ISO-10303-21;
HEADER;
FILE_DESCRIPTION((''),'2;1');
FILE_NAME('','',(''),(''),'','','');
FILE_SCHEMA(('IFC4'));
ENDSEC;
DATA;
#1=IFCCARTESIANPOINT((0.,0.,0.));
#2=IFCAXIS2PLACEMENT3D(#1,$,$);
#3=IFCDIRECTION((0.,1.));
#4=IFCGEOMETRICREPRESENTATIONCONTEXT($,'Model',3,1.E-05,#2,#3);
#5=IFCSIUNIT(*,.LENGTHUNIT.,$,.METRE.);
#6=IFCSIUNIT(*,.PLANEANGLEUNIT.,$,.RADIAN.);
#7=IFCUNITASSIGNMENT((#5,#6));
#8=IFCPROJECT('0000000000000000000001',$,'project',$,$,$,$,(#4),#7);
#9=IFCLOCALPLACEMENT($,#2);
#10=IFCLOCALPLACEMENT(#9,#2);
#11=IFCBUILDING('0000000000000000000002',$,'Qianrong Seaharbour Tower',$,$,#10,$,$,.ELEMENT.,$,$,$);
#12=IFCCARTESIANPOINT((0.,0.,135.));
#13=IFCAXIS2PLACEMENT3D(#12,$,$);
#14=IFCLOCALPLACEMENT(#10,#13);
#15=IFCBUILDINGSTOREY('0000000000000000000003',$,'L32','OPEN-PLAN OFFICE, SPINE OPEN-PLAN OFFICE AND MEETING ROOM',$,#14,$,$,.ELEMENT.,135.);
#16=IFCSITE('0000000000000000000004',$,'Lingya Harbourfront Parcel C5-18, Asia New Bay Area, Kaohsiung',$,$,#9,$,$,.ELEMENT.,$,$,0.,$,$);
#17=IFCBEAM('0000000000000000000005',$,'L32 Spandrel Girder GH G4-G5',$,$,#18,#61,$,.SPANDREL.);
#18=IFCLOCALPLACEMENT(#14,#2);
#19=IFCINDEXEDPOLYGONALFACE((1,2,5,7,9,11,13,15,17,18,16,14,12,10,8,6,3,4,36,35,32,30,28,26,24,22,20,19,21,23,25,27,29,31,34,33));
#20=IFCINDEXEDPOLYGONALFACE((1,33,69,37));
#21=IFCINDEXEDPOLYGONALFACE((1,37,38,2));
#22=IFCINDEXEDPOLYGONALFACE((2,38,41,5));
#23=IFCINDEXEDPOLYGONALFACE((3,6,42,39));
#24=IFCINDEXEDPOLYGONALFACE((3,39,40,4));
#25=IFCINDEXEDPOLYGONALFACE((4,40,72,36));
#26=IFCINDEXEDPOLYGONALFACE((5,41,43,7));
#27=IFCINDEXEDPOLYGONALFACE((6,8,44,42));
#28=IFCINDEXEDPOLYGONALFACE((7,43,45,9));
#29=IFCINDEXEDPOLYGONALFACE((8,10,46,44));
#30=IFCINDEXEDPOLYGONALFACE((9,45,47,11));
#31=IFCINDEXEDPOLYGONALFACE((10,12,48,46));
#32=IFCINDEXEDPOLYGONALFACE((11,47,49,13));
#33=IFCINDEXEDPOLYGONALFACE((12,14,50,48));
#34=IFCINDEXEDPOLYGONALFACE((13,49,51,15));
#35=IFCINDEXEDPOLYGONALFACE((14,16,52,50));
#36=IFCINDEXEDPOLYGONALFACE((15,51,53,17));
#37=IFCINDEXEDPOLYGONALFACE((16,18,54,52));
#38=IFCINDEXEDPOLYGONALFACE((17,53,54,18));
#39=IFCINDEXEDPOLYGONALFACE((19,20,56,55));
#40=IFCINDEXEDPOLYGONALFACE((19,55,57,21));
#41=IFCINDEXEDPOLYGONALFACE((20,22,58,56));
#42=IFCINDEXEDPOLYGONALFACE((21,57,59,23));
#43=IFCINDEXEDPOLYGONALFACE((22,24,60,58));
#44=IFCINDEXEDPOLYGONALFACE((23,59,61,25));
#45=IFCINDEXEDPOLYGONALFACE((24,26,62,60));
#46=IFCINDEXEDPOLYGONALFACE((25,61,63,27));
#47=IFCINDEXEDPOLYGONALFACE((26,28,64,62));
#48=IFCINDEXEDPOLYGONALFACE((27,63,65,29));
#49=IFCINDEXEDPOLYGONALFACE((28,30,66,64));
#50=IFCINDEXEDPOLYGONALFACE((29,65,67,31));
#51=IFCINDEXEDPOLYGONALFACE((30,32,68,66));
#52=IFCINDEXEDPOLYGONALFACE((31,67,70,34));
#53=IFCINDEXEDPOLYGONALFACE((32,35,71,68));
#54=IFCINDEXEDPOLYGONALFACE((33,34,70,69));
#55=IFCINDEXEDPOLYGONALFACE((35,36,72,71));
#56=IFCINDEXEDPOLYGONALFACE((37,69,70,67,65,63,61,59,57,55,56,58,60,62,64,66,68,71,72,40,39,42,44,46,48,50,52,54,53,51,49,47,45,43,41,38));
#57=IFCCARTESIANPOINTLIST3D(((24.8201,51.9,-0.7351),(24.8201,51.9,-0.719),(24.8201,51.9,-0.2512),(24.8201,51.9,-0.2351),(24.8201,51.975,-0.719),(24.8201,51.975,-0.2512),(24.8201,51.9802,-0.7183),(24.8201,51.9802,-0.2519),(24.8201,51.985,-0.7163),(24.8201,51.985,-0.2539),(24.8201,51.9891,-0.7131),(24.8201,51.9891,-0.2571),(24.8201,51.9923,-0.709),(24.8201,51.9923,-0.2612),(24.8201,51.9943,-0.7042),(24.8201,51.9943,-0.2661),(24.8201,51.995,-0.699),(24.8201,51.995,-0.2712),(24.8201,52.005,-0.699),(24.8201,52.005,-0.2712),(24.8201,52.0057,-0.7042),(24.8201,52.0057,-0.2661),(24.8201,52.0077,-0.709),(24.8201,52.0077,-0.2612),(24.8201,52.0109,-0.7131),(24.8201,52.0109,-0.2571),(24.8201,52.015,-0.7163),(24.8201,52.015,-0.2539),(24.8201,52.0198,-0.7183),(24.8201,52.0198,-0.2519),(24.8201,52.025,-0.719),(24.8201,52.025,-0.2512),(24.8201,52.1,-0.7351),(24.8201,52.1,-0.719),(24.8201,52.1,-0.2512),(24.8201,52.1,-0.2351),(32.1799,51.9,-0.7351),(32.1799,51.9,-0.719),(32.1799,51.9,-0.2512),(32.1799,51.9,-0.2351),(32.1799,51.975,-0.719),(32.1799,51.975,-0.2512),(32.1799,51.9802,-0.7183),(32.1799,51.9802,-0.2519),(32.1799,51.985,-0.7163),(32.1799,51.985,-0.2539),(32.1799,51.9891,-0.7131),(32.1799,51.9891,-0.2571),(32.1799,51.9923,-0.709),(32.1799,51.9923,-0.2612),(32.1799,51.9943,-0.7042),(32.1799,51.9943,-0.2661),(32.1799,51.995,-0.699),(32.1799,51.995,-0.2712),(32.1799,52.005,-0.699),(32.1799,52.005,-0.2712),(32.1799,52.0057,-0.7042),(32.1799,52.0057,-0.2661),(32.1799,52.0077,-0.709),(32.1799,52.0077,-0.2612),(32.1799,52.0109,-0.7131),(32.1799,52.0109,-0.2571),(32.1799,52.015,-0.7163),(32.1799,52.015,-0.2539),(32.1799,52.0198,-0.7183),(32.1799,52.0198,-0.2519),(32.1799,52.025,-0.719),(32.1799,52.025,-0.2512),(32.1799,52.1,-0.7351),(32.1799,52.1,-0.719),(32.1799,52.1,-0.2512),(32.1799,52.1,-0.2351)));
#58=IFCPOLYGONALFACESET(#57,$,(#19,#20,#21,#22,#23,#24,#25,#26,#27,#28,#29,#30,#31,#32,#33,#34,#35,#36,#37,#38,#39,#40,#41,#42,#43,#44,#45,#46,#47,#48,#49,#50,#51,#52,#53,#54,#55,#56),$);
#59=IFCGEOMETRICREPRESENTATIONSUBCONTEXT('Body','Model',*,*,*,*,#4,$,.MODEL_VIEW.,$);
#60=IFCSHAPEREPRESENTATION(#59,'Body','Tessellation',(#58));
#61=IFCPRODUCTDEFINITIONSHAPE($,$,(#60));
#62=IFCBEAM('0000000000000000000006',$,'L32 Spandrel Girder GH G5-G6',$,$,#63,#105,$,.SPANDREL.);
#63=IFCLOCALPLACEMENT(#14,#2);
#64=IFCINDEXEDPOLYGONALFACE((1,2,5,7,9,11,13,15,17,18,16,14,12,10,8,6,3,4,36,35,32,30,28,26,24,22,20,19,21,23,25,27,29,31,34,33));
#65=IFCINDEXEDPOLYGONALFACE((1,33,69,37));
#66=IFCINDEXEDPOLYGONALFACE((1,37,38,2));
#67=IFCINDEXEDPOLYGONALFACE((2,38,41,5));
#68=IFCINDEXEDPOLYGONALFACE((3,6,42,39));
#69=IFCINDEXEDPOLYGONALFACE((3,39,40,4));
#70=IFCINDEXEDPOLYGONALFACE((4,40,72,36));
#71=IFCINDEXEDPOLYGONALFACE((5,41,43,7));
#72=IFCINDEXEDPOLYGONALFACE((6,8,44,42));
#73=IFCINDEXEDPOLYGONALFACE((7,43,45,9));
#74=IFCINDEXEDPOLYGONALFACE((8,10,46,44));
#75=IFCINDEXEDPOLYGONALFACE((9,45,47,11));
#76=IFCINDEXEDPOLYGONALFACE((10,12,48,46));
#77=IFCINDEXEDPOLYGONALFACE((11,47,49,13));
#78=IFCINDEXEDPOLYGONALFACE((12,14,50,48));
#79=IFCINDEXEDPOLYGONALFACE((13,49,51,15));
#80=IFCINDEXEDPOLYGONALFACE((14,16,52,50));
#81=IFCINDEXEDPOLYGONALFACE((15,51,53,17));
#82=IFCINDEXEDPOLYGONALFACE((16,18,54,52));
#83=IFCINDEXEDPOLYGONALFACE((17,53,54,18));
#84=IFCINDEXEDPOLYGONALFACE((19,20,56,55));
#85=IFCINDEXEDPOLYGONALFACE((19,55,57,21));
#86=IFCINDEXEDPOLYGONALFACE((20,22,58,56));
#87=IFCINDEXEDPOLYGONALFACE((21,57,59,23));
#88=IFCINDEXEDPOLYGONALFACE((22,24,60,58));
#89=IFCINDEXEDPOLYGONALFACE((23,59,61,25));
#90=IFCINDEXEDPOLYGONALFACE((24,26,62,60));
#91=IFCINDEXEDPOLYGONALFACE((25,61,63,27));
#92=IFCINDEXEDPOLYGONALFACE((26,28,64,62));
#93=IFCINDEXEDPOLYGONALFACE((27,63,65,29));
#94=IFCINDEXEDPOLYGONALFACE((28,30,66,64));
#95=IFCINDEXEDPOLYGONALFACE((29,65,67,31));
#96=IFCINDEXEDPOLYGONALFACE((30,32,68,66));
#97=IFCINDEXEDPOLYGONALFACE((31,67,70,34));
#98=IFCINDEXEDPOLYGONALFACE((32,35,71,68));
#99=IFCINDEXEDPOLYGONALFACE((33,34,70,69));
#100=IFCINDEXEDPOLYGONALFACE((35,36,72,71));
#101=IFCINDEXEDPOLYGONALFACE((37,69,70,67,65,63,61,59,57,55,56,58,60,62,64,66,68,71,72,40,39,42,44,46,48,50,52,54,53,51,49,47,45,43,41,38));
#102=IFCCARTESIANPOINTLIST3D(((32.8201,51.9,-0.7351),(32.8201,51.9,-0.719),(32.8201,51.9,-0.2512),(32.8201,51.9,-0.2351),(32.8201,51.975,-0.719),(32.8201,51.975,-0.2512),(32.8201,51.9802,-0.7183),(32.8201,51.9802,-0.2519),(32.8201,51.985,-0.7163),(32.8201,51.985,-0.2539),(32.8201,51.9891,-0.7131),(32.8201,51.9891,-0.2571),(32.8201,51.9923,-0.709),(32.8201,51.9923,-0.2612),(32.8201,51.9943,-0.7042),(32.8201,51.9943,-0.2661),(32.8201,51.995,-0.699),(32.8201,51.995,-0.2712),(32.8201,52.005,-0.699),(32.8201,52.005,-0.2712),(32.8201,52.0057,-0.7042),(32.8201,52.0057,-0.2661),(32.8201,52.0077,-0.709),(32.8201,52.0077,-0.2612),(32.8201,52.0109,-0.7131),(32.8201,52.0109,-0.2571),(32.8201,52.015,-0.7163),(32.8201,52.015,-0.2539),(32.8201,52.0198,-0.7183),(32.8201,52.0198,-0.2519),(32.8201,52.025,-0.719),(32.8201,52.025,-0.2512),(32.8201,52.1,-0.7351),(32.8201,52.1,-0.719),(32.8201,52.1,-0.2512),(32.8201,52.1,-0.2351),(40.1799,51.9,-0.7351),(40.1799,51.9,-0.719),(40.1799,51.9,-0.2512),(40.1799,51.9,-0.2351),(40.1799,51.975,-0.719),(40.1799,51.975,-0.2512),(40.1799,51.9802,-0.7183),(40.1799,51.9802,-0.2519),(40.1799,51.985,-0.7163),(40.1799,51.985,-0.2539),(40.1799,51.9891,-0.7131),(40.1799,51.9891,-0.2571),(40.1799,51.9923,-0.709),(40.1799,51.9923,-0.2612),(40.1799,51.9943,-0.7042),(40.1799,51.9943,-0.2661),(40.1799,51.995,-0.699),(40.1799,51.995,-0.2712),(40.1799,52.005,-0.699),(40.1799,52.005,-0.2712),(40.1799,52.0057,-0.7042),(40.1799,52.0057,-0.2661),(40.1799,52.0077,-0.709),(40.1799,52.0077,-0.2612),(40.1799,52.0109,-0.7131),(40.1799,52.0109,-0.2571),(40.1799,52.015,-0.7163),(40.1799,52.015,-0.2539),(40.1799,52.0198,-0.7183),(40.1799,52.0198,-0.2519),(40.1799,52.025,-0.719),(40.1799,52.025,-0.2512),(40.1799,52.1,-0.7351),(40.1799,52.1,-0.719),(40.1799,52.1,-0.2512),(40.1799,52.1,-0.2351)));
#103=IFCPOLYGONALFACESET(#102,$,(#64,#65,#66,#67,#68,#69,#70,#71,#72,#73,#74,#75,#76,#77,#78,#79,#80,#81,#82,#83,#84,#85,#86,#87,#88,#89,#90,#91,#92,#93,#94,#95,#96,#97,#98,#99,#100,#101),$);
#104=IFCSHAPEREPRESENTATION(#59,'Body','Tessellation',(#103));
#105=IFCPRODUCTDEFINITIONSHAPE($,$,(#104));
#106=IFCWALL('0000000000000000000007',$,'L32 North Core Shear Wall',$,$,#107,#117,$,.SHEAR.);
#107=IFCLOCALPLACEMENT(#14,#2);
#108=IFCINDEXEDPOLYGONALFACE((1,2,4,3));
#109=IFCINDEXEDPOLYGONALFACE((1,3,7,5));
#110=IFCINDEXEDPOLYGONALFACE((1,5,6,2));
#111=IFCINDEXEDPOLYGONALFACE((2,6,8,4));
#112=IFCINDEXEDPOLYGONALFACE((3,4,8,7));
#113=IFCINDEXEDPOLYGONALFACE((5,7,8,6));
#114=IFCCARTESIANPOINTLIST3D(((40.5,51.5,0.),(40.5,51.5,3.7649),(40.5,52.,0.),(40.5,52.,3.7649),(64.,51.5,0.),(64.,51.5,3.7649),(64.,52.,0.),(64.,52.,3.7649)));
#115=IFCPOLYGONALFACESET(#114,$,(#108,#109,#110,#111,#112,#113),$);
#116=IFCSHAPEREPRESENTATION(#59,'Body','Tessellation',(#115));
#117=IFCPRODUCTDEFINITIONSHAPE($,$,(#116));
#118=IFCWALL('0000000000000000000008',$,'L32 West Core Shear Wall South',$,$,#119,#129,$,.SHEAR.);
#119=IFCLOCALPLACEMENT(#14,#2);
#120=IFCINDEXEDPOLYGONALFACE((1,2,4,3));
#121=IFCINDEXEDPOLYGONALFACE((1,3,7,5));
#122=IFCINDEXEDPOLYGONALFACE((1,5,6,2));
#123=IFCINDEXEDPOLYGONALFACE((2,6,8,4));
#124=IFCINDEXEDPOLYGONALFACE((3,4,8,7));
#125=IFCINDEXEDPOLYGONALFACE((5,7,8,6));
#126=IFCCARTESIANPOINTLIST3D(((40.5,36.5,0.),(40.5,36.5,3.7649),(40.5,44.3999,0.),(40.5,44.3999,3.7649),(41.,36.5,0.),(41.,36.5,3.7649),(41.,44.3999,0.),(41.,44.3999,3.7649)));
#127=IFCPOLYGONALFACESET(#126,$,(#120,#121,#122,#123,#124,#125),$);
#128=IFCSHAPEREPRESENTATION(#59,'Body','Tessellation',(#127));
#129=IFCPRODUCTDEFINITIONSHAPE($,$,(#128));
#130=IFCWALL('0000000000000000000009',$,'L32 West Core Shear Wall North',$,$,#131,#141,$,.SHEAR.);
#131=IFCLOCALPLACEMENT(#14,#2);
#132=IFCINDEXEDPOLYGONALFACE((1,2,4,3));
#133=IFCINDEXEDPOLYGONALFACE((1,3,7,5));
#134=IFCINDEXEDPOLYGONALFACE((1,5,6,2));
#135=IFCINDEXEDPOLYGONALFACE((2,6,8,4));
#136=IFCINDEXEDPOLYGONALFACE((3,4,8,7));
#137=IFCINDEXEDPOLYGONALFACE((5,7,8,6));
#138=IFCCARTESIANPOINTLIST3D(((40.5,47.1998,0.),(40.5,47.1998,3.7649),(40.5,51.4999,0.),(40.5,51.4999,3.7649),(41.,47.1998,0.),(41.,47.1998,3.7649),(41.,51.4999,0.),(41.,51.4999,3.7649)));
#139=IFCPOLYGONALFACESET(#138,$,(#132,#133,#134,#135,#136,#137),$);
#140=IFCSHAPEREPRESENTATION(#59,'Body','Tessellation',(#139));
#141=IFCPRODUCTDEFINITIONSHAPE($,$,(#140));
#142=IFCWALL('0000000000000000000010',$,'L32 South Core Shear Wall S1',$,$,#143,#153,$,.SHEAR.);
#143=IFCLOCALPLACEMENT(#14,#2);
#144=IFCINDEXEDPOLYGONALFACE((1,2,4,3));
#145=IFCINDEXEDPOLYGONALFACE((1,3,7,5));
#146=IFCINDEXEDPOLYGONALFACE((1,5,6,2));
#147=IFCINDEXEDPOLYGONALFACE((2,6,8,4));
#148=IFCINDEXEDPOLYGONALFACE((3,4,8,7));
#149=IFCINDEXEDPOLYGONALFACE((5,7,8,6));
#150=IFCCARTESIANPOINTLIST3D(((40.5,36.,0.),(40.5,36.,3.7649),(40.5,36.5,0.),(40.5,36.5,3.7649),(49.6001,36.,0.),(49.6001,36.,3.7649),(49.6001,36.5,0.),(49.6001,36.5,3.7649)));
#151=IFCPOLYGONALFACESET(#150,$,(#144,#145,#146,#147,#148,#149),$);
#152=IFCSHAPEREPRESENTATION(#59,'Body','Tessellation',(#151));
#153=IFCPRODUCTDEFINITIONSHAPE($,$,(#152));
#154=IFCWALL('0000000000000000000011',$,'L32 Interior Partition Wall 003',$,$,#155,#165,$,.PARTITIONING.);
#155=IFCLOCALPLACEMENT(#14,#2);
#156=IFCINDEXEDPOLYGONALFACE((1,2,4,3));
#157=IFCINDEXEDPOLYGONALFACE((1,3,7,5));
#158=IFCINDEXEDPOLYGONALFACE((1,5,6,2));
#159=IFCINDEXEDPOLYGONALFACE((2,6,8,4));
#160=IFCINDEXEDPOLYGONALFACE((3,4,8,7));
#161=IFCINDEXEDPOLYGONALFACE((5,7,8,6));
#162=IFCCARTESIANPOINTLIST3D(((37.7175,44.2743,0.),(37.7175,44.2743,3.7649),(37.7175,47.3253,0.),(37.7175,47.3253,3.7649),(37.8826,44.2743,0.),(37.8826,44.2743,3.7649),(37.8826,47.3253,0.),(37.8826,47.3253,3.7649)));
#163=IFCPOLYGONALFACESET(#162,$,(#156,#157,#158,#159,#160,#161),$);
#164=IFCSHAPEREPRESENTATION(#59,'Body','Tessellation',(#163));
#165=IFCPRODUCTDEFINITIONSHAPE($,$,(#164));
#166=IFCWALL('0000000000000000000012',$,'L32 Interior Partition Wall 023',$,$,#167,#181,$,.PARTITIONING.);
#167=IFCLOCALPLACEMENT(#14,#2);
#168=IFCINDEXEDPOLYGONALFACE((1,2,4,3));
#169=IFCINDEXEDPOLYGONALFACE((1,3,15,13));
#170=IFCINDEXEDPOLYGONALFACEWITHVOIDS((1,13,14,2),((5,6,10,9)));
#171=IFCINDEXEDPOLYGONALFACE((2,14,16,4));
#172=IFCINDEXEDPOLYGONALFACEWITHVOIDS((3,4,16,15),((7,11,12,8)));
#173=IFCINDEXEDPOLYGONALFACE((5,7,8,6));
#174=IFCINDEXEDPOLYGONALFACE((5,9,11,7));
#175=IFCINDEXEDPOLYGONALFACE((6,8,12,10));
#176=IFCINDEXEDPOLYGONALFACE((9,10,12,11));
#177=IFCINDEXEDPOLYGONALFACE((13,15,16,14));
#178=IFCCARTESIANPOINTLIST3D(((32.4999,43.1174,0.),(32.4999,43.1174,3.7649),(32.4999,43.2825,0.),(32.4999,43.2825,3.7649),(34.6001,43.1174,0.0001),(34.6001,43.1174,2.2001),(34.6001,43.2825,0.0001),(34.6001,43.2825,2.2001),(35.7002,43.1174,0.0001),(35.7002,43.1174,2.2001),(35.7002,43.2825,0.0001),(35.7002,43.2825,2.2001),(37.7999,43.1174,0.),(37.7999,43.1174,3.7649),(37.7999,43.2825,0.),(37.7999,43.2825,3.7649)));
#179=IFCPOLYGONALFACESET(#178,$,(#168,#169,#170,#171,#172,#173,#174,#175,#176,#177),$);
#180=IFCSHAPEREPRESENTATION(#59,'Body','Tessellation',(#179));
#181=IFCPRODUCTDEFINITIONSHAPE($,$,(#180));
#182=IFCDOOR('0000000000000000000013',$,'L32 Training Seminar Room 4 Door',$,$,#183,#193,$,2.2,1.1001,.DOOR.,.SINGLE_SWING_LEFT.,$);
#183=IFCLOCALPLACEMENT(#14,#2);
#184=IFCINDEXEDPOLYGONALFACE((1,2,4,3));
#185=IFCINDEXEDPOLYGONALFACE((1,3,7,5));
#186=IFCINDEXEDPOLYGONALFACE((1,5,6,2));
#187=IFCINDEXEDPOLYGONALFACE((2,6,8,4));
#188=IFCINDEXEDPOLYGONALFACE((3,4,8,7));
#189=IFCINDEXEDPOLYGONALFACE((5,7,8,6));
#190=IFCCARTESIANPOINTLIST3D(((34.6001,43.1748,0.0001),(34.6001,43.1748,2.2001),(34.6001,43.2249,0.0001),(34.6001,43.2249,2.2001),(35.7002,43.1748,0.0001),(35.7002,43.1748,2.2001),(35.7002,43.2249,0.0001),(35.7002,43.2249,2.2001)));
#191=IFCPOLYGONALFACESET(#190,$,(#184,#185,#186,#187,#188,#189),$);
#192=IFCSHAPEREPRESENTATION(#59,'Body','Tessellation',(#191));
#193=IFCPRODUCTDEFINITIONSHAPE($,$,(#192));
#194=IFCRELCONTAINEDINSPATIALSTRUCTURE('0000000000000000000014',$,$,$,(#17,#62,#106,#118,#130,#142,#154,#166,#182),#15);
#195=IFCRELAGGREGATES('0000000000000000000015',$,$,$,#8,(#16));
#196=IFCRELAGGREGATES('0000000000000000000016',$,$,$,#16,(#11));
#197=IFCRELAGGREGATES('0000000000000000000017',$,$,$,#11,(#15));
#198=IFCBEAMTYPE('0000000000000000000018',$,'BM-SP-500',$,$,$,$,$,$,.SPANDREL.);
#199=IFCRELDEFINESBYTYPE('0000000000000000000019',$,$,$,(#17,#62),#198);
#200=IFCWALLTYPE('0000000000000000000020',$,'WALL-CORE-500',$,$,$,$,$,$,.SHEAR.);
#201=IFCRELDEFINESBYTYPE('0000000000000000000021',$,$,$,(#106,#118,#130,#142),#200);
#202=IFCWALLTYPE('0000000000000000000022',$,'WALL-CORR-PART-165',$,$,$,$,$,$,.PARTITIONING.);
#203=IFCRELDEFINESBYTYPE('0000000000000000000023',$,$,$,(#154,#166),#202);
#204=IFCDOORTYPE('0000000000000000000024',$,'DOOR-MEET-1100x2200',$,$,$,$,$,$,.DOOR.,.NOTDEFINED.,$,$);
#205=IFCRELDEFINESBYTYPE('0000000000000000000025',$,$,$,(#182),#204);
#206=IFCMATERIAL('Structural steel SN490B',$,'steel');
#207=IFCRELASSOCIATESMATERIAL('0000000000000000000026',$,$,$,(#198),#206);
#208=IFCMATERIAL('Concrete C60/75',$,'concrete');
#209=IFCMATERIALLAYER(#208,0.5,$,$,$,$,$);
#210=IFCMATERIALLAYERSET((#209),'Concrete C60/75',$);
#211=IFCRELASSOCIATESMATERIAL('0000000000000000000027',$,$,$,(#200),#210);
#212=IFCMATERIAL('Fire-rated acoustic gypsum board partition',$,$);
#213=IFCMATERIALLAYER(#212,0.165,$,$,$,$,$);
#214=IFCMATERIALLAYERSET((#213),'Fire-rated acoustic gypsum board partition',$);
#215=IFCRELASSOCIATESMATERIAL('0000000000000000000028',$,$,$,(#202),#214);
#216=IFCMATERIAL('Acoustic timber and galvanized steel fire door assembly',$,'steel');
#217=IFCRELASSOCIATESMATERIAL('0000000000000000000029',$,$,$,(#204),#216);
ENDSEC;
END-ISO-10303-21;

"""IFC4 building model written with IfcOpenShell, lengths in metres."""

from ifc_helpers import new_model, si_unit, direction, frame, frame_2d, origin, origin_2d, place, context, subcontext, project, spatial, rectangle, i_section, extrude, material, layer, layer_set, material_profile, profile_set, type_object, element, fill, save


model = new_model("IFC4")

# Units and contexts
model_context = context("Model", 3, precision=1e-05, world=origin(), true_north=direction((0.0, 1.0)))
body_context = subcontext(model_context, "Body", "Model", "MODEL_VIEW")
ifc_project = project(units=[si_unit("LENGTHUNIT", "METRE"), si_unit("PLANEANGLEUNIT", "RADIAN")], contexts=[model_context])

# Site, building, storey
site_placement = place(None, origin())
site = spatial("IfcSite", under=ifc_project, at=site_placement, Name="Lingya Harbourfront Parcel C5-18, Asia New Bay Area, Kaohsiung", CompositionType="ELEMENT", RefElevation=0.0)
building_placement = place(site_placement, origin())
building = spatial("IfcBuilding", under=site, at=building_placement, Name="Qianrong Seaharbour Tower", CompositionType="ELEMENT")
storey_placement = place(building_placement, frame((0.0, 0.0, 135.0)))
storey = spatial("IfcBuildingStorey", under=building, at=storey_placement, Name="L32", Description="OPEN-PLAN OFFICE, SPINE OPEN-PLAN OFFICE AND MEETING ROOM", CompositionType="ELEMENT", Elevation=135.0)

# Shared definitions
ifc_material_1 = material(Name="Structural steel SN490B", Category="steel")

# Beams
ifc_material_profile_1 = material_profile(ifc_material_1, i_section(OverallWidth=0.2, OverallDepth=0.5, WebThickness=0.01, FlangeThickness=0.0161, FilletRadius=0.02, at=origin_2d()), Name="H500x200x10x16")
ifc_profile_set_1 = profile_set([ifc_material_profile_1], Name="Structural steel SN490B")
beam_type_1 = type_object("IfcBeamType", Name="BM-SP-500", PredefinedType="SPANDREL", material=ifc_profile_set_1)
for number, where, z_axis, x_axis, name in (
    (1, (24.8201, 52.0, -0.4851), (1.0, 0.0, 0.0), (0.0, 1.0, 0.0), "L32 Spandrel Girder GH G4-G5"),
    (2, (32.8201, 52.0, -0.4851), (1.0, 0.0, 0.0), (0.0, 1.0, 0.0), "L32 Spandrel Girder GH G5-G6"),
):
    element("IfcBeam", number, at=place(storey_placement, frame(where, z_axis=z_axis, x_axis=x_axis)), inside=storey, type_object=beam_type_1, Name=name, PredefinedType="SPANDREL", context=body_context, shape_type="SweptSolid", body=[
        extrude(i_section(OverallWidth=0.2, OverallDepth=0.5, WebThickness=0.01, FlangeThickness=0.0161, FilletRadius=0.02, at=origin_2d()), origin(), (0.0, 0.0, 1.0), 7.3599),
    ])

# Walls
ifc_material_2 = material(Name="Concrete C60/75", Category="concrete")
ifc_layer_1 = layer(ifc_material_2, 0.5)
ifc_layer_set_1 = layer_set([ifc_layer_1], Name="Concrete C60/75")
wall_type_1 = type_object("IfcWallType", Name="WALL-CORE-500", PredefinedType="SHEAR", material=ifc_layer_set_1)
wall_1_placement = place(storey_placement, frame((40.5, 51.75, 0.0), z_axis=(0.0, 0.0, 1.0), x_axis=(1.0, 0.0, 0.0)))
element("IfcWall", 3, at=wall_1_placement, inside=storey, type_object=wall_type_1, Name="L32 North Core Shear Wall", PredefinedType="SHEAR", context=body_context, shape_type="SweptSolid", body=[
    extrude(rectangle(XDim=23.5, YDim=0.5, at=frame_2d((11.75, 0.0))), origin(), (0.0, 0.0, 1.0), 3.7649),
])
wall_2_placement = place(storey_placement, frame((40.75, 36.5, 0.0), z_axis=(0.0, 0.0, 1.0), x_axis=(0.0, 1.0, 0.0)))
element("IfcWall", 4, at=wall_2_placement, inside=storey, type_object=wall_type_1, Name="L32 West Core Shear Wall South", PredefinedType="SHEAR", context=body_context, shape_type="SweptSolid", body=[
    extrude(rectangle(XDim=7.8999, YDim=0.5, at=frame_2d((3.95, 0.0))), origin(), (0.0, 0.0, 1.0), 3.7649),
])
wall_3_placement = place(storey_placement, frame((40.75, 47.2, 0.0), z_axis=(0.0, 0.0, 1.0), x_axis=(0.0, 1.0, 0.0)))
element("IfcWall", 5, at=wall_3_placement, inside=storey, type_object=wall_type_1, Name="L32 West Core Shear Wall North", PredefinedType="SHEAR", context=body_context, shape_type="SweptSolid", body=[
    extrude(rectangle(XDim=4.3, YDim=0.5, at=frame_2d((2.1499, 0.0))), origin(), (0.0, 0.0, 1.0), 3.7649),
])
wall_4_placement = place(storey_placement, frame((40.5, 36.25, 0.0), z_axis=(0.0, 0.0, 1.0), x_axis=(1.0, 0.0, 0.0)))
element("IfcWall", 6, at=wall_4_placement, inside=storey, type_object=wall_type_1, Name="L32 South Core Shear Wall S1", PredefinedType="SHEAR", context=body_context, shape_type="SweptSolid", body=[
    extrude(rectangle(XDim=9.1001, YDim=0.5, at=frame_2d((4.55, 0.0))), origin(), (0.0, 0.0, 1.0), 3.7649),
])

# Shared definitions
ifc_material_3 = material(Name="Fire-rated acoustic gypsum board partition")
ifc_layer_2 = layer(ifc_material_3, 0.165)
ifc_layer_set_2 = layer_set([ifc_layer_2], Name="Fire-rated acoustic gypsum board partition")
wall_type_2 = type_object("IfcWallType", Name="WALL-CORR-PART-165", PredefinedType="PARTITIONING", material=ifc_layer_set_2)
ifc_material_4 = material(Name="Acoustic timber and galvanized steel fire door assembly", Category="steel")

# Wall
wall_5_placement = place(storey_placement, frame((37.8, 44.2744, 0.0), z_axis=(0.0, 0.0, 1.0), x_axis=(0.0, 1.0, 0.0)))
element("IfcWall", 7, at=wall_5_placement, inside=storey, type_object=wall_type_2, Name="L32 Interior Partition Wall 003", PredefinedType="PARTITIONING", context=body_context, shape_type="SweptSolid", body=[
    extrude(rectangle(XDim=3.051, YDim=0.165, at=frame_2d((1.5254, 0.0))), origin(), (0.0, 0.0, 1.0), 3.7649),
])

# Wall, opening, door
wall_6_placement = place(storey_placement, frame((32.5, 43.2, 0.0), z_axis=(0.0, 0.0, 1.0), x_axis=(1.0, 0.0, 0.0)))
wall_6 = element("IfcWall", 8, at=wall_6_placement, inside=storey, type_object=wall_type_2, Name="L32 Interior Partition Wall 023", PredefinedType="PARTITIONING", context=body_context, shape_type="SweptSolid", body=[
    extrude(rectangle(XDim=5.3, YDim=0.165, at=frame_2d((2.6499, 0.0))), origin(), (0.0, 0.0, 1.0), 3.7649),
])
opening_1_placement = place(wall_6_placement, frame((2.1001, 0.0, 0.0)))
opening_1 = element("IfcOpeningElement", 9, at=opening_1_placement, cuts=wall_6, PredefinedType="OPENING", context=body_context, shape_type="SweptSolid", body=[
    extrude(rectangle(XDim=1.1001, YDim=2.2, at=frame_2d((0.55, 1.1001))), frame((0.0, 0.0925, 0.0), z_axis=(0.0, -1.0, 0.0), x_axis=(1.0, 0.0, 0.0)), (0.0, 0.0, 1.0), 0.1851),
])
door_type_1 = type_object("IfcDoorType", Name="DOOR-MEET-1100x2200", OperationType="NOTDEFINED", PredefinedType="DOOR", material=ifc_material_4)
door_1_placement = place(opening_1_placement, origin())
door_1 = element("IfcDoor", 10, at=door_1_placement, inside=storey, type_object=door_type_1, Name="L32 Training Seminar Room 4 Door", OperationType="SINGLE_SWING_LEFT", OverallHeight=2.2, OverallWidth=1.1001, PredefinedType="DOOR", context=body_context, shape_type="SweptSolid", body=[
    extrude(rectangle(XDim=1.1001, YDim=2.2, at=frame_2d((0.55, 1.1001))), frame((0.0, 0.0249, 0.0), z_axis=(0.0, -1.0, 0.0), x_axis=(1.0, 0.0, 0.0)), (0.0, 0.0, 1.0), 0.05),
])
fill(opening_1, door_1)

save(model, "model.ifc")
